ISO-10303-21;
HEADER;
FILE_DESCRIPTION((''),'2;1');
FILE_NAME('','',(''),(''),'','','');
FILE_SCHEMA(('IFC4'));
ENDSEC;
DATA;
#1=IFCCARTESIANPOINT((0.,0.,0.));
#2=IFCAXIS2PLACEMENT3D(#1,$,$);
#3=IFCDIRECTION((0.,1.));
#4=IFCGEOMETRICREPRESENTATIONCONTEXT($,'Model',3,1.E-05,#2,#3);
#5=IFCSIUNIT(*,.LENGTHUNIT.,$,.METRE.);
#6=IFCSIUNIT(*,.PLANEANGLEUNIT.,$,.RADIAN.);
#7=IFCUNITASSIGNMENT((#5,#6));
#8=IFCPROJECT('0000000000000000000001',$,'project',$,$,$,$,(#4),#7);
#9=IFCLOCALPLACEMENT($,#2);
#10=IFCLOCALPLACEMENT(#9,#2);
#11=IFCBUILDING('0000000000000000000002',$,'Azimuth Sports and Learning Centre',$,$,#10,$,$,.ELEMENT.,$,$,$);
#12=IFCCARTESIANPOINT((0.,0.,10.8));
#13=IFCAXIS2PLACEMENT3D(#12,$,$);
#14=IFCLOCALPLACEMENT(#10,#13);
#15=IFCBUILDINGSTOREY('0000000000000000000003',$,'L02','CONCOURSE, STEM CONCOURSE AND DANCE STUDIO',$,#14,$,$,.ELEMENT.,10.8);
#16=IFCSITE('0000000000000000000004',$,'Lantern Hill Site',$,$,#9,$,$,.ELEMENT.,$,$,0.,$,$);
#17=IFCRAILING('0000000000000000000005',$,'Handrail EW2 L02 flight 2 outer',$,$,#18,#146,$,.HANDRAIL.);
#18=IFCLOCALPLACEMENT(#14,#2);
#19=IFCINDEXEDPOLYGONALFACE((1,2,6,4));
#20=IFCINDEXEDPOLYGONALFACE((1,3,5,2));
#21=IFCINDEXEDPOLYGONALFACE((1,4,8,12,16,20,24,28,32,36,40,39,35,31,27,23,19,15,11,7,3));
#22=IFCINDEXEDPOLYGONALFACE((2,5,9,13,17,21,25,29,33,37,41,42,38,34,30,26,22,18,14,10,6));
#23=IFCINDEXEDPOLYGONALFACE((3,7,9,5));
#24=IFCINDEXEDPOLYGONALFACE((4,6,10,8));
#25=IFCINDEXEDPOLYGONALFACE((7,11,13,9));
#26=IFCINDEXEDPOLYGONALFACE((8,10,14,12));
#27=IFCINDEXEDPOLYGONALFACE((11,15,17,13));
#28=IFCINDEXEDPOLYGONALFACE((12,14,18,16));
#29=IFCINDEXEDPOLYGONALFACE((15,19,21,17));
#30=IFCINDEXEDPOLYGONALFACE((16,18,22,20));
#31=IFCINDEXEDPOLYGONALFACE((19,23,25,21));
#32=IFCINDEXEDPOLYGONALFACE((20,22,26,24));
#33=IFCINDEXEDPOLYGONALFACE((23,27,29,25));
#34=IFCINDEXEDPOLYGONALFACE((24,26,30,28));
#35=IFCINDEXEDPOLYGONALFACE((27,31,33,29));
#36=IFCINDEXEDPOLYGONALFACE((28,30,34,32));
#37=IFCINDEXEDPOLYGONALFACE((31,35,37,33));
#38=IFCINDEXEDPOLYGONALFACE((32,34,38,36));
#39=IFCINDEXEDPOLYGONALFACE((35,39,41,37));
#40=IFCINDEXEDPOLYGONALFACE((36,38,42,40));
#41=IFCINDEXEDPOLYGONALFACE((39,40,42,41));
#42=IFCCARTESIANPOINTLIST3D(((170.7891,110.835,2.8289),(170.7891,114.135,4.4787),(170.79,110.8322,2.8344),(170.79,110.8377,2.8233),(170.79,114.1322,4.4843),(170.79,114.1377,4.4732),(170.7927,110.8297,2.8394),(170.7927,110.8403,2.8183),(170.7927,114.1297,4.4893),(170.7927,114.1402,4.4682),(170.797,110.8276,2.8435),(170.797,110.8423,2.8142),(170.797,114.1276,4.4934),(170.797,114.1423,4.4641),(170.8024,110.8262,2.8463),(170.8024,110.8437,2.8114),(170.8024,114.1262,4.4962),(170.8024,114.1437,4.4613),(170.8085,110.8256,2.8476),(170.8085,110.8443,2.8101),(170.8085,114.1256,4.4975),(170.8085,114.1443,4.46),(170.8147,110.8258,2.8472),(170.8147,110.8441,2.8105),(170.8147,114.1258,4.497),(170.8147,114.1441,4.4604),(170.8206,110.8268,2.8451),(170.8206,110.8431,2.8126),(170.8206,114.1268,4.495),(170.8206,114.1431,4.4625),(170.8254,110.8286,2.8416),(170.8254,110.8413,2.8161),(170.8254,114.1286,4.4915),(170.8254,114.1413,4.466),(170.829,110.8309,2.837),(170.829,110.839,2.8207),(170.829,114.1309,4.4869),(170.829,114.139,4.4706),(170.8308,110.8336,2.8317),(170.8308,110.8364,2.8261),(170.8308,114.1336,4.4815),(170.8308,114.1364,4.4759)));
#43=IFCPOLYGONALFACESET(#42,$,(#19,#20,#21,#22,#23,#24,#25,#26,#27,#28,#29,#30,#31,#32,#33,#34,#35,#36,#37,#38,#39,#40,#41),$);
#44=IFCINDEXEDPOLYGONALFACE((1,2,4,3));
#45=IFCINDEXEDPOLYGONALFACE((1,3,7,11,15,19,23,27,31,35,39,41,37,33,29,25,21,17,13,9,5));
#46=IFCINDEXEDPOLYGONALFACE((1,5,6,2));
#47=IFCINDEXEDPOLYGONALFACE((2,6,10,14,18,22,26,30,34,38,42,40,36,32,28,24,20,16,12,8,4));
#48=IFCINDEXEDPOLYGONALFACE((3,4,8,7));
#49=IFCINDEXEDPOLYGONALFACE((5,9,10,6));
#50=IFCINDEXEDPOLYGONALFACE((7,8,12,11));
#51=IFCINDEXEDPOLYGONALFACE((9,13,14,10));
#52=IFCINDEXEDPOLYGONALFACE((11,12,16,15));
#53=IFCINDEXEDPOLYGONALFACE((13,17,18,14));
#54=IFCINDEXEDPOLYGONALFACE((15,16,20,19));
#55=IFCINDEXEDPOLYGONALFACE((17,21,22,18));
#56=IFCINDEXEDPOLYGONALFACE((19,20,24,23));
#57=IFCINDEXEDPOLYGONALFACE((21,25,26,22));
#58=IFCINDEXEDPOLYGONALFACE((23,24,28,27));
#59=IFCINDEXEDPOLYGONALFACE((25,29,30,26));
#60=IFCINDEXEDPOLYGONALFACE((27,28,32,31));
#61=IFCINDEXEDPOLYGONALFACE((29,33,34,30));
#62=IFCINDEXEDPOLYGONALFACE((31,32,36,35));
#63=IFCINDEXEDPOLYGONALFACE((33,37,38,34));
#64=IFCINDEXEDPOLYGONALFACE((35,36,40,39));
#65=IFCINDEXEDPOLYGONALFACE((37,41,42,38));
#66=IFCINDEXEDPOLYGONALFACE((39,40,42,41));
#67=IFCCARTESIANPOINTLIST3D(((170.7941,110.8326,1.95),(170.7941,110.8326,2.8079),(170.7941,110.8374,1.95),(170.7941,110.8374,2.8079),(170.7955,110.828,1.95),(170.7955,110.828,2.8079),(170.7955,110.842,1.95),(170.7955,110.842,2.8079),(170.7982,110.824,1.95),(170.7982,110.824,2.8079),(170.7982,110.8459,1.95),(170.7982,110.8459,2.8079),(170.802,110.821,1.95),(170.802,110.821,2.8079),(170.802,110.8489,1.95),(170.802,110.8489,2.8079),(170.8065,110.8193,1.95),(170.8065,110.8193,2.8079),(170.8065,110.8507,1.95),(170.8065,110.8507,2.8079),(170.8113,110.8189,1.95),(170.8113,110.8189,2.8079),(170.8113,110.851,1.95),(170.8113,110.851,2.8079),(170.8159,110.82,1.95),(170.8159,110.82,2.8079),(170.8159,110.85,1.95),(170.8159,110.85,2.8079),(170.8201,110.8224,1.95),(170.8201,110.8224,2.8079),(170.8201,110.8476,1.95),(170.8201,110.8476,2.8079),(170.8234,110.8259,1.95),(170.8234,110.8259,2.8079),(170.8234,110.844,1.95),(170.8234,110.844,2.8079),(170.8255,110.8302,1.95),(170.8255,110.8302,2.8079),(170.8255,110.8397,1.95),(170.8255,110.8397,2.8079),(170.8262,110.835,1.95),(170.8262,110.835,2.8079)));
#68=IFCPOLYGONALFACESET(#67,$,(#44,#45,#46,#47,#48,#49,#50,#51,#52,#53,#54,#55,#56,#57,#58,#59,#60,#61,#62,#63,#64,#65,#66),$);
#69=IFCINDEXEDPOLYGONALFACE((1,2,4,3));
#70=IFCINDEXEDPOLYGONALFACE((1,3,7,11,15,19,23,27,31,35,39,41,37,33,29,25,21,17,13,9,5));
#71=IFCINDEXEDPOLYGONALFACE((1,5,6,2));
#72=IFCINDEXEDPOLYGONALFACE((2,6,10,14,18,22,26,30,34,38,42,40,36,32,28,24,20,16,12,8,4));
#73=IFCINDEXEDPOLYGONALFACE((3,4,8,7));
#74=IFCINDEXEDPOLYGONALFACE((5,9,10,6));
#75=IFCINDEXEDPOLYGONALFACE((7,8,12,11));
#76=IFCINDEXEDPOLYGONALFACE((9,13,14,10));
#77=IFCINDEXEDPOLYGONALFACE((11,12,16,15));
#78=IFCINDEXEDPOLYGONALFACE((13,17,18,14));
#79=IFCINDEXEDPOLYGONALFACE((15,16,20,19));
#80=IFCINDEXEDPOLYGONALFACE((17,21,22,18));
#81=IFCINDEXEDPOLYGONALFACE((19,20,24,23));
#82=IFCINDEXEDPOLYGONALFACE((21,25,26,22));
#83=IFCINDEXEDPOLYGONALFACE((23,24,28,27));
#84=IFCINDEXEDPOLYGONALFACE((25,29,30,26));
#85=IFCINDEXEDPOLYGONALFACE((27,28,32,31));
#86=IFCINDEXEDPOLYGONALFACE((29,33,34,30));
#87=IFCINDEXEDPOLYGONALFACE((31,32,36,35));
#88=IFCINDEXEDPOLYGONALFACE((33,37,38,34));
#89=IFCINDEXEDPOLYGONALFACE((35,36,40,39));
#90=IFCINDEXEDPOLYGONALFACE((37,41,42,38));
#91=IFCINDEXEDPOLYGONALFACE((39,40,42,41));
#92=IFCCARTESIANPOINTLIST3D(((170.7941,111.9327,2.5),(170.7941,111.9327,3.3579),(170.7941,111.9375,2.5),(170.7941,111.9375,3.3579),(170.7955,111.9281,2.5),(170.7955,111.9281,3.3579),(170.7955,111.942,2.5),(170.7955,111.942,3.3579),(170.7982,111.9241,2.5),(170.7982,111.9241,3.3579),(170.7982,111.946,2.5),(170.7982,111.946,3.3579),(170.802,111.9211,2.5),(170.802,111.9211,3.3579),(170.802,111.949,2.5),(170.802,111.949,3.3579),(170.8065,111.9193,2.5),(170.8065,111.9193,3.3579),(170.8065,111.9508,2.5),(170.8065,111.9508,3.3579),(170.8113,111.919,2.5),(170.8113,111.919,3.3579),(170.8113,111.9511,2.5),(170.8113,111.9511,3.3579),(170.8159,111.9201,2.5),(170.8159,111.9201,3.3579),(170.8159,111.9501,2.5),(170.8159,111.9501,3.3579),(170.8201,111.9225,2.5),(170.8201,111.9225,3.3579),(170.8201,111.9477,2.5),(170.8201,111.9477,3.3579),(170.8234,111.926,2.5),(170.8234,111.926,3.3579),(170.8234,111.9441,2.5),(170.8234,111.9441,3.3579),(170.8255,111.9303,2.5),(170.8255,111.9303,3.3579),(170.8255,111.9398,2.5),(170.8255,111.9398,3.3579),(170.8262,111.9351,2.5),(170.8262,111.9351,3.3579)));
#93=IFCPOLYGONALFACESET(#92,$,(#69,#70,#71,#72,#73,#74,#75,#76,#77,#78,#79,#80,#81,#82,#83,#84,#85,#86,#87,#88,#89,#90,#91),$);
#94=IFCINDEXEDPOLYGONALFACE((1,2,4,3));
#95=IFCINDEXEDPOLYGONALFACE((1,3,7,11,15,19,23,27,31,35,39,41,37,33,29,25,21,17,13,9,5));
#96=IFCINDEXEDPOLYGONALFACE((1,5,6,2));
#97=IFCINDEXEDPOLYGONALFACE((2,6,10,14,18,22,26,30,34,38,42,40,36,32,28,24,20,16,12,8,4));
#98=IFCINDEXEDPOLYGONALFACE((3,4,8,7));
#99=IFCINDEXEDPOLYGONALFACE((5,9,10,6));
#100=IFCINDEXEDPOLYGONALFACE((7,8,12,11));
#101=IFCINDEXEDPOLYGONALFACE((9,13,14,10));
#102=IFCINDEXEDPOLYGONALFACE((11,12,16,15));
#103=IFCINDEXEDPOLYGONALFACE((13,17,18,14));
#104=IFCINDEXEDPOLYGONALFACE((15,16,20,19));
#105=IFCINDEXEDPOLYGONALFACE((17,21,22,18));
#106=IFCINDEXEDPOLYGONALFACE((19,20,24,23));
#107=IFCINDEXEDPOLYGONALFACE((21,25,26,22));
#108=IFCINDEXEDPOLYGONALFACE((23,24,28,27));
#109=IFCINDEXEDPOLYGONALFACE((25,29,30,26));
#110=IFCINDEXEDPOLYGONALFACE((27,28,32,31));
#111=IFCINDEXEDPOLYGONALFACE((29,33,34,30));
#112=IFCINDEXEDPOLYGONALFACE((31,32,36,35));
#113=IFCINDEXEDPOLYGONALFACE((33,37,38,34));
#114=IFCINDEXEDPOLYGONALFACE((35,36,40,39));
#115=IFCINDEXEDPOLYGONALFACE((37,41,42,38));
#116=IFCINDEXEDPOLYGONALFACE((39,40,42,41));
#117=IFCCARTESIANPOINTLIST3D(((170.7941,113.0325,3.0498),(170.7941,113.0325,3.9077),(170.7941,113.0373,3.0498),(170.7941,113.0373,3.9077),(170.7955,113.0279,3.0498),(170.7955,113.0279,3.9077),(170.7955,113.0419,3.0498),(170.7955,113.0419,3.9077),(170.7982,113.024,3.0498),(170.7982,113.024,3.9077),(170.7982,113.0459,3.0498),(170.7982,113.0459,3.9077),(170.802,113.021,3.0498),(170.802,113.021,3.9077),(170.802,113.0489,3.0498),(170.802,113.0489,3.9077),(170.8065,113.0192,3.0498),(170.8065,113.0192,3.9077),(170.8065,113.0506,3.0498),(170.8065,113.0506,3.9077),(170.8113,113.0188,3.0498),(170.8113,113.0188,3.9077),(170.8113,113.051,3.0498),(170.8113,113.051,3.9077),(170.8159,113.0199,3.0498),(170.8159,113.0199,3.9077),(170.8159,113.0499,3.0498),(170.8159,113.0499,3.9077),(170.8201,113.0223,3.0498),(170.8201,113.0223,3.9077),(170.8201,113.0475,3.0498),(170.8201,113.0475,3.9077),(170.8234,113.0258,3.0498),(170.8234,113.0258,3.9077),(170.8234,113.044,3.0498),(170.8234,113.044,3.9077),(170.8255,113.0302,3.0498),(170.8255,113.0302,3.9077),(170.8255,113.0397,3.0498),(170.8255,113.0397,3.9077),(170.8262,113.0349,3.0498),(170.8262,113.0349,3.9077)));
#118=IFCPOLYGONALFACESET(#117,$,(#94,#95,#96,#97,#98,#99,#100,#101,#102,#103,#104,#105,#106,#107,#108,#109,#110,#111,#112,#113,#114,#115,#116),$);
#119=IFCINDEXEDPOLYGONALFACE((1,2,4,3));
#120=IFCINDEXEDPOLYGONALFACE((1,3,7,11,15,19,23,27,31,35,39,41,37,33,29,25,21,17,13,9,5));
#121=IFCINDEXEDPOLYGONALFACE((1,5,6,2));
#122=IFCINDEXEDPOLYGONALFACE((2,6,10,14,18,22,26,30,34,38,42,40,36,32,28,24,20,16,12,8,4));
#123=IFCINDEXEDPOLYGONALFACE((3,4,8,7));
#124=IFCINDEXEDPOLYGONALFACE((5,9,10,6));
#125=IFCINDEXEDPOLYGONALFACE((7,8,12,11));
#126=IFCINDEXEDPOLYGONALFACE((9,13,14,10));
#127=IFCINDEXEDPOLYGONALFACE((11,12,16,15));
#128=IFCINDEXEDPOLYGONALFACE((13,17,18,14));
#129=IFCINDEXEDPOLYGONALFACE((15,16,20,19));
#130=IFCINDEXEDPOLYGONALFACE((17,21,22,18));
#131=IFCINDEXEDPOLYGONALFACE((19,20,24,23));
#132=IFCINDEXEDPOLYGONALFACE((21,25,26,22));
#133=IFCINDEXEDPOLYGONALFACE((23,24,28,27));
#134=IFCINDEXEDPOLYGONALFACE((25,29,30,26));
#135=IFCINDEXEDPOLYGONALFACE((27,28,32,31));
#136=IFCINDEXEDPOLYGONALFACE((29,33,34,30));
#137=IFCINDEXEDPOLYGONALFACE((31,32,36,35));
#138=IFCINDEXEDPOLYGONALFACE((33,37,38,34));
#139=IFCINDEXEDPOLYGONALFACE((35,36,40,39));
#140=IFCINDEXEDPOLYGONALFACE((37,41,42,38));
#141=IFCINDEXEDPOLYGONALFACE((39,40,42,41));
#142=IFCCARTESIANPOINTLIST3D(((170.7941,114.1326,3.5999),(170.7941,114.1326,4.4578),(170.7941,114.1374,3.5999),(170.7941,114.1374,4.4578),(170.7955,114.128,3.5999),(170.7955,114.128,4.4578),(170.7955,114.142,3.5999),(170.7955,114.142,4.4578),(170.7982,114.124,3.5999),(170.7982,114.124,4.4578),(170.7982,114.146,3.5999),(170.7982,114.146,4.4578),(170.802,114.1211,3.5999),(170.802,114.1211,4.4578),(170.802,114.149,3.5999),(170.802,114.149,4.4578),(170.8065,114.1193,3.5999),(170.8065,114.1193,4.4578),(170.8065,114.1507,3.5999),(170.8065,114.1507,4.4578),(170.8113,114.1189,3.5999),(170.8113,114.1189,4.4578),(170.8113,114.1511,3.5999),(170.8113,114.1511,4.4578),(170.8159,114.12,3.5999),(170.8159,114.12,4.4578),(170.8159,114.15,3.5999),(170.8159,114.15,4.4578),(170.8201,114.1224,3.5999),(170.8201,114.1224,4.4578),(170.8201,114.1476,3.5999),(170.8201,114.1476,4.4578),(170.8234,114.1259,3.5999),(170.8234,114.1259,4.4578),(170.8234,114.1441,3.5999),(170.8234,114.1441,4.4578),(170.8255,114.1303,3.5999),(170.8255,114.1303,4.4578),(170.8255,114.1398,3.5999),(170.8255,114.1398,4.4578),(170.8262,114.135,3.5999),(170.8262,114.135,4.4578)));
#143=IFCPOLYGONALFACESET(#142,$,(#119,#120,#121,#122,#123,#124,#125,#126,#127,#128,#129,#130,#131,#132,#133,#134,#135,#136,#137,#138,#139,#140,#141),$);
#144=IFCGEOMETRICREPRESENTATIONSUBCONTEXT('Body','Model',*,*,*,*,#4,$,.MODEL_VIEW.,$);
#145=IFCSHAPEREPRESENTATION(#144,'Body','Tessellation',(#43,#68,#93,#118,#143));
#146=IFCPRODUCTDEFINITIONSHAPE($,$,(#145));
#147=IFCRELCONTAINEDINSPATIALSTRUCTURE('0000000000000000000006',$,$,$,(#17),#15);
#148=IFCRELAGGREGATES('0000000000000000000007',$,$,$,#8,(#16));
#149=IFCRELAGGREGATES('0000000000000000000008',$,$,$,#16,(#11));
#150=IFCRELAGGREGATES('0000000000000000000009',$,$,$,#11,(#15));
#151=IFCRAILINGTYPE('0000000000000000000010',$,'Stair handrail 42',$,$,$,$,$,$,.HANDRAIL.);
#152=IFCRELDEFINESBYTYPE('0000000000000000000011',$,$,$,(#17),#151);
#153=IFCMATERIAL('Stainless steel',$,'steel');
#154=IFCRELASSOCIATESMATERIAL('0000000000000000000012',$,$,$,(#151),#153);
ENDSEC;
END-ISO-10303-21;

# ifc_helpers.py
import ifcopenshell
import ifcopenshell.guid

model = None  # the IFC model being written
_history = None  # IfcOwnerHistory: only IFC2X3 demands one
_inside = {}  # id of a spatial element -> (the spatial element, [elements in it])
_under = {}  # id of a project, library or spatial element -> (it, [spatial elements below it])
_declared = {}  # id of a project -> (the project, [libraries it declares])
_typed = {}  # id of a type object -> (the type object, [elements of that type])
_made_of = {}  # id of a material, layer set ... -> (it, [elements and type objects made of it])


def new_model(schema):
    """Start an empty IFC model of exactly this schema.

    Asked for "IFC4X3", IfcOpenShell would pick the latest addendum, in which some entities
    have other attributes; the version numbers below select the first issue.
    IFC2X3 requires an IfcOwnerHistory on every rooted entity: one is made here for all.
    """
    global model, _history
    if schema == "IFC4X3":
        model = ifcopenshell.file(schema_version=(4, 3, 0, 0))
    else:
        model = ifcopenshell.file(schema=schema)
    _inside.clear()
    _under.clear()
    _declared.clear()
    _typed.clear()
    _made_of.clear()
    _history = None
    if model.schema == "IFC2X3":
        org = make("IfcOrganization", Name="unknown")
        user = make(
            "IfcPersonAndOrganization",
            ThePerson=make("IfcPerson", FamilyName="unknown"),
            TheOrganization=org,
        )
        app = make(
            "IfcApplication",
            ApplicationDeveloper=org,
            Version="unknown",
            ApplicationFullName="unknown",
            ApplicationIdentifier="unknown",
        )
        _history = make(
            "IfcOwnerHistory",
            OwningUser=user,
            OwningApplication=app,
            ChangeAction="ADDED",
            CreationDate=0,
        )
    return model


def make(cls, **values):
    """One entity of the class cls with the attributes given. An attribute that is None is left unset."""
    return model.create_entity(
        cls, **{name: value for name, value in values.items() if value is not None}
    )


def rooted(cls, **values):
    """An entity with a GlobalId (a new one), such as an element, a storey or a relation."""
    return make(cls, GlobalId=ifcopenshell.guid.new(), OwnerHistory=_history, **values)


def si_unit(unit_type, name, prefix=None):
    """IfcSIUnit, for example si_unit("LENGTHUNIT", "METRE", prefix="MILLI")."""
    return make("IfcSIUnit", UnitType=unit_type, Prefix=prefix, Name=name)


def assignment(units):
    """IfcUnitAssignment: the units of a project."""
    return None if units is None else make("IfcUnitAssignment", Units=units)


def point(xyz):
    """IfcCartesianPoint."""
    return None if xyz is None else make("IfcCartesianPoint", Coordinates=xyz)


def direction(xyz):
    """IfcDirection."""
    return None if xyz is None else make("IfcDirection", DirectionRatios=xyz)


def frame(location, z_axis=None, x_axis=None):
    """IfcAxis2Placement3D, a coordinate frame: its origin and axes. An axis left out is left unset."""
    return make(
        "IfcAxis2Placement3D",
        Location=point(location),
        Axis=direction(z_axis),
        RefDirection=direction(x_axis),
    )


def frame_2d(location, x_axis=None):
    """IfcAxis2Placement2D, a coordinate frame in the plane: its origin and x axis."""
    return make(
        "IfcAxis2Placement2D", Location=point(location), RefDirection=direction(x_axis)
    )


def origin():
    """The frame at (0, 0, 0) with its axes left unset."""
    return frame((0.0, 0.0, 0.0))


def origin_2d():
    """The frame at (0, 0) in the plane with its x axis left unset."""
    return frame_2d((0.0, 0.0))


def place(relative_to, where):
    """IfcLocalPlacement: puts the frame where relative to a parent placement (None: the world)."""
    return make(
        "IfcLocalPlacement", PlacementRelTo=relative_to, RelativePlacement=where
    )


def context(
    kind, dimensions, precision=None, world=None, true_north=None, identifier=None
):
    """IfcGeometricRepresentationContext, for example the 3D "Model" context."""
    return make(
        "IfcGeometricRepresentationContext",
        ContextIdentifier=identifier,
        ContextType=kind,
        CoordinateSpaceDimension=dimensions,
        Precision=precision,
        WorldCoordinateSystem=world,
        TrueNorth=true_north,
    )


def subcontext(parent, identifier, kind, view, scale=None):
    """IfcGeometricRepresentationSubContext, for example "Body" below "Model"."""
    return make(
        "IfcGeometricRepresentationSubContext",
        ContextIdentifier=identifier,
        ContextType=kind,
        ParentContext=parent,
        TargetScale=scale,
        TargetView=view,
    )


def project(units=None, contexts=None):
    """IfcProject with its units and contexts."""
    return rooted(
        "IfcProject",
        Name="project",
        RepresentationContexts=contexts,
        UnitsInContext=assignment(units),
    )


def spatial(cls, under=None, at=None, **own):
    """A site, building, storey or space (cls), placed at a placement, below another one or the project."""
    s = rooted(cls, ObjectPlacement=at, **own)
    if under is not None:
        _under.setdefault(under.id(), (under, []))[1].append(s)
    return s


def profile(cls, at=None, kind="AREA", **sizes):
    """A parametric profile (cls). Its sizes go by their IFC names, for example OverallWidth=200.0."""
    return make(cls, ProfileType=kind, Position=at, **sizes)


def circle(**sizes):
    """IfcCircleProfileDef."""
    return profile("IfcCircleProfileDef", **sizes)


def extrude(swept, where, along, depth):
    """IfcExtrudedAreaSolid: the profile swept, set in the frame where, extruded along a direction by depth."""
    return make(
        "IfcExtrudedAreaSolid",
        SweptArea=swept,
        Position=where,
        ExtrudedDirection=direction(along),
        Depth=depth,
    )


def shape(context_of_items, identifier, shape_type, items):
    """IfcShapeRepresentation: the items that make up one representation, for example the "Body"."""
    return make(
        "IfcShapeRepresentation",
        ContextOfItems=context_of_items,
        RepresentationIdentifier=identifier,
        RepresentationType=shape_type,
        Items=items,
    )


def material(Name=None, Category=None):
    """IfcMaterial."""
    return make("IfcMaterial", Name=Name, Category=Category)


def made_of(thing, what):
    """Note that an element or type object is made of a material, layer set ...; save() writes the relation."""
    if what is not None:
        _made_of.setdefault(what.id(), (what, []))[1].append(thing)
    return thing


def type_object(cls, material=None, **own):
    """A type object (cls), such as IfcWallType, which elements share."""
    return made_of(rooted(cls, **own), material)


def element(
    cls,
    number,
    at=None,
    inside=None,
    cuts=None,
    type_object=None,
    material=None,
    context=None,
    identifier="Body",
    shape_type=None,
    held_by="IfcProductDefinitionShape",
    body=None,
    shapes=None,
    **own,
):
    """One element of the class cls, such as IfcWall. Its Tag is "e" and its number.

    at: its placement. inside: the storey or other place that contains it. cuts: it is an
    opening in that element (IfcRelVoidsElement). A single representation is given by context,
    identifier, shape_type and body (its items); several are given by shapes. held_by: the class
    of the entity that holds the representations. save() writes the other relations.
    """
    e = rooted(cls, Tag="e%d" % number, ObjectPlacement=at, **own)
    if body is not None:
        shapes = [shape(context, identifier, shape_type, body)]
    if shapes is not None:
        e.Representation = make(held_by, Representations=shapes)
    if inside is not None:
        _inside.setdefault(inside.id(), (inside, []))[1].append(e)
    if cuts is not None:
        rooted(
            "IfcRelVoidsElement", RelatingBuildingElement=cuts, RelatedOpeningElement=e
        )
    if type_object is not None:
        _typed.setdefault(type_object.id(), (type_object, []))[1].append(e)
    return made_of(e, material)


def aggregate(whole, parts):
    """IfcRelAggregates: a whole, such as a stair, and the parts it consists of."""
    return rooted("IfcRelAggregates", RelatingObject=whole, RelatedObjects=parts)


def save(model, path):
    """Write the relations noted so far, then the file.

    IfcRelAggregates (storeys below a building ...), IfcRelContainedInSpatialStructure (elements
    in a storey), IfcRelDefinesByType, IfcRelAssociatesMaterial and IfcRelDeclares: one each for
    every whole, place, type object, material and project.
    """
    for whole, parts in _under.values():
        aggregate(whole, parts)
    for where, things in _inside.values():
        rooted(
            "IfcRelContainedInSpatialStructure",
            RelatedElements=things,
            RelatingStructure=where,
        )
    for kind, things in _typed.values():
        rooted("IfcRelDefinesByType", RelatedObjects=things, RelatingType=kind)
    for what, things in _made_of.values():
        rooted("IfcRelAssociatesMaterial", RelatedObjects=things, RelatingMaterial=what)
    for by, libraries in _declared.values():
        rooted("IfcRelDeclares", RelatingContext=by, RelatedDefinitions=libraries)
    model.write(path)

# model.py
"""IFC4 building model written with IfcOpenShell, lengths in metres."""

from ifc_helpers import new_model, si_unit, direction, frame, origin, origin_2d, place, context, subcontext, project, spatial, circle, extrude, material, type_object, element, save


model = new_model("IFC4")

# Units and contexts
model_context = context("Model", 3, precision=1e-05, world=origin(), true_north=direction((0.0, 1.0)))
body_context = subcontext(model_context, "Body", "Model", "MODEL_VIEW")
ifc_project = project(units=[si_unit("LENGTHUNIT", "METRE"), si_unit("PLANEANGLEUNIT", "RADIAN")], contexts=[model_context])

# Site, building, storey
site_placement = place(None, origin())
site = spatial("IfcSite", under=ifc_project, at=site_placement, Name="Lantern Hill Site", CompositionType="ELEMENT", RefElevation=0.0)
building_placement = place(site_placement, origin())
building = spatial("IfcBuilding", under=site, at=building_placement, Name="Azimuth Sports and Learning Centre", CompositionType="ELEMENT")
storey_placement = place(building_placement, frame((0.0, 0.0, 10.8)))
storey = spatial("IfcBuildingStorey", under=building, at=storey_placement, Name="L02", Description="CONCOURSE, STEM CONCOURSE AND DANCE STUDIO", CompositionType="ELEMENT", Elevation=10.8)

# Railing
ifc_material_1 = material(Name="Stainless steel", Category="steel")
railing_type_1 = type_object("IfcRailingType", Name="Stair handrail 42", PredefinedType="HANDRAIL", material=ifc_material_1)
for number, where, name in (
    (1, (170.8101, 110.835, 1.95), "Handrail EW2 L02 flight 2 outer"),
):
    element("IfcRailing", number, at=place(storey_placement, frame(where)), inside=storey, type_object=railing_type_1, Name=name, PredefinedType="HANDRAIL", context=body_context, shape_type="SweptSolid", body=[
        extrude(circle(Radius=0.021, at=origin_2d()), frame((0.0, 0.0, 0.8789), z_axis=(0.0, 0.89444, 0.447187), x_axis=(-1.0, 0.0, 0.0)), (0.0, 0.0, 1.0), 3.6895),
        extrude(circle(Radius=0.0161, at=origin_2d()), origin(), (0.0, 0.0, 1.0), 0.8579),
        extrude(circle(Radius=0.0161, at=origin_2d()), frame((0.0, 1.1001, 0.55)), (0.0, 0.0, 1.0), 0.8579),
        extrude(circle(Radius=0.0161, at=origin_2d()), frame((0.0, 2.2, 1.0999)), (0.0, 0.0, 1.0), 0.8579),
        extrude(circle(Radius=0.0161, at=origin_2d()), frame((0.0, 3.3, 1.6499)), (0.0, 0.0, 1.0), 0.8579),
    ])

save(model, "model.ifc")
